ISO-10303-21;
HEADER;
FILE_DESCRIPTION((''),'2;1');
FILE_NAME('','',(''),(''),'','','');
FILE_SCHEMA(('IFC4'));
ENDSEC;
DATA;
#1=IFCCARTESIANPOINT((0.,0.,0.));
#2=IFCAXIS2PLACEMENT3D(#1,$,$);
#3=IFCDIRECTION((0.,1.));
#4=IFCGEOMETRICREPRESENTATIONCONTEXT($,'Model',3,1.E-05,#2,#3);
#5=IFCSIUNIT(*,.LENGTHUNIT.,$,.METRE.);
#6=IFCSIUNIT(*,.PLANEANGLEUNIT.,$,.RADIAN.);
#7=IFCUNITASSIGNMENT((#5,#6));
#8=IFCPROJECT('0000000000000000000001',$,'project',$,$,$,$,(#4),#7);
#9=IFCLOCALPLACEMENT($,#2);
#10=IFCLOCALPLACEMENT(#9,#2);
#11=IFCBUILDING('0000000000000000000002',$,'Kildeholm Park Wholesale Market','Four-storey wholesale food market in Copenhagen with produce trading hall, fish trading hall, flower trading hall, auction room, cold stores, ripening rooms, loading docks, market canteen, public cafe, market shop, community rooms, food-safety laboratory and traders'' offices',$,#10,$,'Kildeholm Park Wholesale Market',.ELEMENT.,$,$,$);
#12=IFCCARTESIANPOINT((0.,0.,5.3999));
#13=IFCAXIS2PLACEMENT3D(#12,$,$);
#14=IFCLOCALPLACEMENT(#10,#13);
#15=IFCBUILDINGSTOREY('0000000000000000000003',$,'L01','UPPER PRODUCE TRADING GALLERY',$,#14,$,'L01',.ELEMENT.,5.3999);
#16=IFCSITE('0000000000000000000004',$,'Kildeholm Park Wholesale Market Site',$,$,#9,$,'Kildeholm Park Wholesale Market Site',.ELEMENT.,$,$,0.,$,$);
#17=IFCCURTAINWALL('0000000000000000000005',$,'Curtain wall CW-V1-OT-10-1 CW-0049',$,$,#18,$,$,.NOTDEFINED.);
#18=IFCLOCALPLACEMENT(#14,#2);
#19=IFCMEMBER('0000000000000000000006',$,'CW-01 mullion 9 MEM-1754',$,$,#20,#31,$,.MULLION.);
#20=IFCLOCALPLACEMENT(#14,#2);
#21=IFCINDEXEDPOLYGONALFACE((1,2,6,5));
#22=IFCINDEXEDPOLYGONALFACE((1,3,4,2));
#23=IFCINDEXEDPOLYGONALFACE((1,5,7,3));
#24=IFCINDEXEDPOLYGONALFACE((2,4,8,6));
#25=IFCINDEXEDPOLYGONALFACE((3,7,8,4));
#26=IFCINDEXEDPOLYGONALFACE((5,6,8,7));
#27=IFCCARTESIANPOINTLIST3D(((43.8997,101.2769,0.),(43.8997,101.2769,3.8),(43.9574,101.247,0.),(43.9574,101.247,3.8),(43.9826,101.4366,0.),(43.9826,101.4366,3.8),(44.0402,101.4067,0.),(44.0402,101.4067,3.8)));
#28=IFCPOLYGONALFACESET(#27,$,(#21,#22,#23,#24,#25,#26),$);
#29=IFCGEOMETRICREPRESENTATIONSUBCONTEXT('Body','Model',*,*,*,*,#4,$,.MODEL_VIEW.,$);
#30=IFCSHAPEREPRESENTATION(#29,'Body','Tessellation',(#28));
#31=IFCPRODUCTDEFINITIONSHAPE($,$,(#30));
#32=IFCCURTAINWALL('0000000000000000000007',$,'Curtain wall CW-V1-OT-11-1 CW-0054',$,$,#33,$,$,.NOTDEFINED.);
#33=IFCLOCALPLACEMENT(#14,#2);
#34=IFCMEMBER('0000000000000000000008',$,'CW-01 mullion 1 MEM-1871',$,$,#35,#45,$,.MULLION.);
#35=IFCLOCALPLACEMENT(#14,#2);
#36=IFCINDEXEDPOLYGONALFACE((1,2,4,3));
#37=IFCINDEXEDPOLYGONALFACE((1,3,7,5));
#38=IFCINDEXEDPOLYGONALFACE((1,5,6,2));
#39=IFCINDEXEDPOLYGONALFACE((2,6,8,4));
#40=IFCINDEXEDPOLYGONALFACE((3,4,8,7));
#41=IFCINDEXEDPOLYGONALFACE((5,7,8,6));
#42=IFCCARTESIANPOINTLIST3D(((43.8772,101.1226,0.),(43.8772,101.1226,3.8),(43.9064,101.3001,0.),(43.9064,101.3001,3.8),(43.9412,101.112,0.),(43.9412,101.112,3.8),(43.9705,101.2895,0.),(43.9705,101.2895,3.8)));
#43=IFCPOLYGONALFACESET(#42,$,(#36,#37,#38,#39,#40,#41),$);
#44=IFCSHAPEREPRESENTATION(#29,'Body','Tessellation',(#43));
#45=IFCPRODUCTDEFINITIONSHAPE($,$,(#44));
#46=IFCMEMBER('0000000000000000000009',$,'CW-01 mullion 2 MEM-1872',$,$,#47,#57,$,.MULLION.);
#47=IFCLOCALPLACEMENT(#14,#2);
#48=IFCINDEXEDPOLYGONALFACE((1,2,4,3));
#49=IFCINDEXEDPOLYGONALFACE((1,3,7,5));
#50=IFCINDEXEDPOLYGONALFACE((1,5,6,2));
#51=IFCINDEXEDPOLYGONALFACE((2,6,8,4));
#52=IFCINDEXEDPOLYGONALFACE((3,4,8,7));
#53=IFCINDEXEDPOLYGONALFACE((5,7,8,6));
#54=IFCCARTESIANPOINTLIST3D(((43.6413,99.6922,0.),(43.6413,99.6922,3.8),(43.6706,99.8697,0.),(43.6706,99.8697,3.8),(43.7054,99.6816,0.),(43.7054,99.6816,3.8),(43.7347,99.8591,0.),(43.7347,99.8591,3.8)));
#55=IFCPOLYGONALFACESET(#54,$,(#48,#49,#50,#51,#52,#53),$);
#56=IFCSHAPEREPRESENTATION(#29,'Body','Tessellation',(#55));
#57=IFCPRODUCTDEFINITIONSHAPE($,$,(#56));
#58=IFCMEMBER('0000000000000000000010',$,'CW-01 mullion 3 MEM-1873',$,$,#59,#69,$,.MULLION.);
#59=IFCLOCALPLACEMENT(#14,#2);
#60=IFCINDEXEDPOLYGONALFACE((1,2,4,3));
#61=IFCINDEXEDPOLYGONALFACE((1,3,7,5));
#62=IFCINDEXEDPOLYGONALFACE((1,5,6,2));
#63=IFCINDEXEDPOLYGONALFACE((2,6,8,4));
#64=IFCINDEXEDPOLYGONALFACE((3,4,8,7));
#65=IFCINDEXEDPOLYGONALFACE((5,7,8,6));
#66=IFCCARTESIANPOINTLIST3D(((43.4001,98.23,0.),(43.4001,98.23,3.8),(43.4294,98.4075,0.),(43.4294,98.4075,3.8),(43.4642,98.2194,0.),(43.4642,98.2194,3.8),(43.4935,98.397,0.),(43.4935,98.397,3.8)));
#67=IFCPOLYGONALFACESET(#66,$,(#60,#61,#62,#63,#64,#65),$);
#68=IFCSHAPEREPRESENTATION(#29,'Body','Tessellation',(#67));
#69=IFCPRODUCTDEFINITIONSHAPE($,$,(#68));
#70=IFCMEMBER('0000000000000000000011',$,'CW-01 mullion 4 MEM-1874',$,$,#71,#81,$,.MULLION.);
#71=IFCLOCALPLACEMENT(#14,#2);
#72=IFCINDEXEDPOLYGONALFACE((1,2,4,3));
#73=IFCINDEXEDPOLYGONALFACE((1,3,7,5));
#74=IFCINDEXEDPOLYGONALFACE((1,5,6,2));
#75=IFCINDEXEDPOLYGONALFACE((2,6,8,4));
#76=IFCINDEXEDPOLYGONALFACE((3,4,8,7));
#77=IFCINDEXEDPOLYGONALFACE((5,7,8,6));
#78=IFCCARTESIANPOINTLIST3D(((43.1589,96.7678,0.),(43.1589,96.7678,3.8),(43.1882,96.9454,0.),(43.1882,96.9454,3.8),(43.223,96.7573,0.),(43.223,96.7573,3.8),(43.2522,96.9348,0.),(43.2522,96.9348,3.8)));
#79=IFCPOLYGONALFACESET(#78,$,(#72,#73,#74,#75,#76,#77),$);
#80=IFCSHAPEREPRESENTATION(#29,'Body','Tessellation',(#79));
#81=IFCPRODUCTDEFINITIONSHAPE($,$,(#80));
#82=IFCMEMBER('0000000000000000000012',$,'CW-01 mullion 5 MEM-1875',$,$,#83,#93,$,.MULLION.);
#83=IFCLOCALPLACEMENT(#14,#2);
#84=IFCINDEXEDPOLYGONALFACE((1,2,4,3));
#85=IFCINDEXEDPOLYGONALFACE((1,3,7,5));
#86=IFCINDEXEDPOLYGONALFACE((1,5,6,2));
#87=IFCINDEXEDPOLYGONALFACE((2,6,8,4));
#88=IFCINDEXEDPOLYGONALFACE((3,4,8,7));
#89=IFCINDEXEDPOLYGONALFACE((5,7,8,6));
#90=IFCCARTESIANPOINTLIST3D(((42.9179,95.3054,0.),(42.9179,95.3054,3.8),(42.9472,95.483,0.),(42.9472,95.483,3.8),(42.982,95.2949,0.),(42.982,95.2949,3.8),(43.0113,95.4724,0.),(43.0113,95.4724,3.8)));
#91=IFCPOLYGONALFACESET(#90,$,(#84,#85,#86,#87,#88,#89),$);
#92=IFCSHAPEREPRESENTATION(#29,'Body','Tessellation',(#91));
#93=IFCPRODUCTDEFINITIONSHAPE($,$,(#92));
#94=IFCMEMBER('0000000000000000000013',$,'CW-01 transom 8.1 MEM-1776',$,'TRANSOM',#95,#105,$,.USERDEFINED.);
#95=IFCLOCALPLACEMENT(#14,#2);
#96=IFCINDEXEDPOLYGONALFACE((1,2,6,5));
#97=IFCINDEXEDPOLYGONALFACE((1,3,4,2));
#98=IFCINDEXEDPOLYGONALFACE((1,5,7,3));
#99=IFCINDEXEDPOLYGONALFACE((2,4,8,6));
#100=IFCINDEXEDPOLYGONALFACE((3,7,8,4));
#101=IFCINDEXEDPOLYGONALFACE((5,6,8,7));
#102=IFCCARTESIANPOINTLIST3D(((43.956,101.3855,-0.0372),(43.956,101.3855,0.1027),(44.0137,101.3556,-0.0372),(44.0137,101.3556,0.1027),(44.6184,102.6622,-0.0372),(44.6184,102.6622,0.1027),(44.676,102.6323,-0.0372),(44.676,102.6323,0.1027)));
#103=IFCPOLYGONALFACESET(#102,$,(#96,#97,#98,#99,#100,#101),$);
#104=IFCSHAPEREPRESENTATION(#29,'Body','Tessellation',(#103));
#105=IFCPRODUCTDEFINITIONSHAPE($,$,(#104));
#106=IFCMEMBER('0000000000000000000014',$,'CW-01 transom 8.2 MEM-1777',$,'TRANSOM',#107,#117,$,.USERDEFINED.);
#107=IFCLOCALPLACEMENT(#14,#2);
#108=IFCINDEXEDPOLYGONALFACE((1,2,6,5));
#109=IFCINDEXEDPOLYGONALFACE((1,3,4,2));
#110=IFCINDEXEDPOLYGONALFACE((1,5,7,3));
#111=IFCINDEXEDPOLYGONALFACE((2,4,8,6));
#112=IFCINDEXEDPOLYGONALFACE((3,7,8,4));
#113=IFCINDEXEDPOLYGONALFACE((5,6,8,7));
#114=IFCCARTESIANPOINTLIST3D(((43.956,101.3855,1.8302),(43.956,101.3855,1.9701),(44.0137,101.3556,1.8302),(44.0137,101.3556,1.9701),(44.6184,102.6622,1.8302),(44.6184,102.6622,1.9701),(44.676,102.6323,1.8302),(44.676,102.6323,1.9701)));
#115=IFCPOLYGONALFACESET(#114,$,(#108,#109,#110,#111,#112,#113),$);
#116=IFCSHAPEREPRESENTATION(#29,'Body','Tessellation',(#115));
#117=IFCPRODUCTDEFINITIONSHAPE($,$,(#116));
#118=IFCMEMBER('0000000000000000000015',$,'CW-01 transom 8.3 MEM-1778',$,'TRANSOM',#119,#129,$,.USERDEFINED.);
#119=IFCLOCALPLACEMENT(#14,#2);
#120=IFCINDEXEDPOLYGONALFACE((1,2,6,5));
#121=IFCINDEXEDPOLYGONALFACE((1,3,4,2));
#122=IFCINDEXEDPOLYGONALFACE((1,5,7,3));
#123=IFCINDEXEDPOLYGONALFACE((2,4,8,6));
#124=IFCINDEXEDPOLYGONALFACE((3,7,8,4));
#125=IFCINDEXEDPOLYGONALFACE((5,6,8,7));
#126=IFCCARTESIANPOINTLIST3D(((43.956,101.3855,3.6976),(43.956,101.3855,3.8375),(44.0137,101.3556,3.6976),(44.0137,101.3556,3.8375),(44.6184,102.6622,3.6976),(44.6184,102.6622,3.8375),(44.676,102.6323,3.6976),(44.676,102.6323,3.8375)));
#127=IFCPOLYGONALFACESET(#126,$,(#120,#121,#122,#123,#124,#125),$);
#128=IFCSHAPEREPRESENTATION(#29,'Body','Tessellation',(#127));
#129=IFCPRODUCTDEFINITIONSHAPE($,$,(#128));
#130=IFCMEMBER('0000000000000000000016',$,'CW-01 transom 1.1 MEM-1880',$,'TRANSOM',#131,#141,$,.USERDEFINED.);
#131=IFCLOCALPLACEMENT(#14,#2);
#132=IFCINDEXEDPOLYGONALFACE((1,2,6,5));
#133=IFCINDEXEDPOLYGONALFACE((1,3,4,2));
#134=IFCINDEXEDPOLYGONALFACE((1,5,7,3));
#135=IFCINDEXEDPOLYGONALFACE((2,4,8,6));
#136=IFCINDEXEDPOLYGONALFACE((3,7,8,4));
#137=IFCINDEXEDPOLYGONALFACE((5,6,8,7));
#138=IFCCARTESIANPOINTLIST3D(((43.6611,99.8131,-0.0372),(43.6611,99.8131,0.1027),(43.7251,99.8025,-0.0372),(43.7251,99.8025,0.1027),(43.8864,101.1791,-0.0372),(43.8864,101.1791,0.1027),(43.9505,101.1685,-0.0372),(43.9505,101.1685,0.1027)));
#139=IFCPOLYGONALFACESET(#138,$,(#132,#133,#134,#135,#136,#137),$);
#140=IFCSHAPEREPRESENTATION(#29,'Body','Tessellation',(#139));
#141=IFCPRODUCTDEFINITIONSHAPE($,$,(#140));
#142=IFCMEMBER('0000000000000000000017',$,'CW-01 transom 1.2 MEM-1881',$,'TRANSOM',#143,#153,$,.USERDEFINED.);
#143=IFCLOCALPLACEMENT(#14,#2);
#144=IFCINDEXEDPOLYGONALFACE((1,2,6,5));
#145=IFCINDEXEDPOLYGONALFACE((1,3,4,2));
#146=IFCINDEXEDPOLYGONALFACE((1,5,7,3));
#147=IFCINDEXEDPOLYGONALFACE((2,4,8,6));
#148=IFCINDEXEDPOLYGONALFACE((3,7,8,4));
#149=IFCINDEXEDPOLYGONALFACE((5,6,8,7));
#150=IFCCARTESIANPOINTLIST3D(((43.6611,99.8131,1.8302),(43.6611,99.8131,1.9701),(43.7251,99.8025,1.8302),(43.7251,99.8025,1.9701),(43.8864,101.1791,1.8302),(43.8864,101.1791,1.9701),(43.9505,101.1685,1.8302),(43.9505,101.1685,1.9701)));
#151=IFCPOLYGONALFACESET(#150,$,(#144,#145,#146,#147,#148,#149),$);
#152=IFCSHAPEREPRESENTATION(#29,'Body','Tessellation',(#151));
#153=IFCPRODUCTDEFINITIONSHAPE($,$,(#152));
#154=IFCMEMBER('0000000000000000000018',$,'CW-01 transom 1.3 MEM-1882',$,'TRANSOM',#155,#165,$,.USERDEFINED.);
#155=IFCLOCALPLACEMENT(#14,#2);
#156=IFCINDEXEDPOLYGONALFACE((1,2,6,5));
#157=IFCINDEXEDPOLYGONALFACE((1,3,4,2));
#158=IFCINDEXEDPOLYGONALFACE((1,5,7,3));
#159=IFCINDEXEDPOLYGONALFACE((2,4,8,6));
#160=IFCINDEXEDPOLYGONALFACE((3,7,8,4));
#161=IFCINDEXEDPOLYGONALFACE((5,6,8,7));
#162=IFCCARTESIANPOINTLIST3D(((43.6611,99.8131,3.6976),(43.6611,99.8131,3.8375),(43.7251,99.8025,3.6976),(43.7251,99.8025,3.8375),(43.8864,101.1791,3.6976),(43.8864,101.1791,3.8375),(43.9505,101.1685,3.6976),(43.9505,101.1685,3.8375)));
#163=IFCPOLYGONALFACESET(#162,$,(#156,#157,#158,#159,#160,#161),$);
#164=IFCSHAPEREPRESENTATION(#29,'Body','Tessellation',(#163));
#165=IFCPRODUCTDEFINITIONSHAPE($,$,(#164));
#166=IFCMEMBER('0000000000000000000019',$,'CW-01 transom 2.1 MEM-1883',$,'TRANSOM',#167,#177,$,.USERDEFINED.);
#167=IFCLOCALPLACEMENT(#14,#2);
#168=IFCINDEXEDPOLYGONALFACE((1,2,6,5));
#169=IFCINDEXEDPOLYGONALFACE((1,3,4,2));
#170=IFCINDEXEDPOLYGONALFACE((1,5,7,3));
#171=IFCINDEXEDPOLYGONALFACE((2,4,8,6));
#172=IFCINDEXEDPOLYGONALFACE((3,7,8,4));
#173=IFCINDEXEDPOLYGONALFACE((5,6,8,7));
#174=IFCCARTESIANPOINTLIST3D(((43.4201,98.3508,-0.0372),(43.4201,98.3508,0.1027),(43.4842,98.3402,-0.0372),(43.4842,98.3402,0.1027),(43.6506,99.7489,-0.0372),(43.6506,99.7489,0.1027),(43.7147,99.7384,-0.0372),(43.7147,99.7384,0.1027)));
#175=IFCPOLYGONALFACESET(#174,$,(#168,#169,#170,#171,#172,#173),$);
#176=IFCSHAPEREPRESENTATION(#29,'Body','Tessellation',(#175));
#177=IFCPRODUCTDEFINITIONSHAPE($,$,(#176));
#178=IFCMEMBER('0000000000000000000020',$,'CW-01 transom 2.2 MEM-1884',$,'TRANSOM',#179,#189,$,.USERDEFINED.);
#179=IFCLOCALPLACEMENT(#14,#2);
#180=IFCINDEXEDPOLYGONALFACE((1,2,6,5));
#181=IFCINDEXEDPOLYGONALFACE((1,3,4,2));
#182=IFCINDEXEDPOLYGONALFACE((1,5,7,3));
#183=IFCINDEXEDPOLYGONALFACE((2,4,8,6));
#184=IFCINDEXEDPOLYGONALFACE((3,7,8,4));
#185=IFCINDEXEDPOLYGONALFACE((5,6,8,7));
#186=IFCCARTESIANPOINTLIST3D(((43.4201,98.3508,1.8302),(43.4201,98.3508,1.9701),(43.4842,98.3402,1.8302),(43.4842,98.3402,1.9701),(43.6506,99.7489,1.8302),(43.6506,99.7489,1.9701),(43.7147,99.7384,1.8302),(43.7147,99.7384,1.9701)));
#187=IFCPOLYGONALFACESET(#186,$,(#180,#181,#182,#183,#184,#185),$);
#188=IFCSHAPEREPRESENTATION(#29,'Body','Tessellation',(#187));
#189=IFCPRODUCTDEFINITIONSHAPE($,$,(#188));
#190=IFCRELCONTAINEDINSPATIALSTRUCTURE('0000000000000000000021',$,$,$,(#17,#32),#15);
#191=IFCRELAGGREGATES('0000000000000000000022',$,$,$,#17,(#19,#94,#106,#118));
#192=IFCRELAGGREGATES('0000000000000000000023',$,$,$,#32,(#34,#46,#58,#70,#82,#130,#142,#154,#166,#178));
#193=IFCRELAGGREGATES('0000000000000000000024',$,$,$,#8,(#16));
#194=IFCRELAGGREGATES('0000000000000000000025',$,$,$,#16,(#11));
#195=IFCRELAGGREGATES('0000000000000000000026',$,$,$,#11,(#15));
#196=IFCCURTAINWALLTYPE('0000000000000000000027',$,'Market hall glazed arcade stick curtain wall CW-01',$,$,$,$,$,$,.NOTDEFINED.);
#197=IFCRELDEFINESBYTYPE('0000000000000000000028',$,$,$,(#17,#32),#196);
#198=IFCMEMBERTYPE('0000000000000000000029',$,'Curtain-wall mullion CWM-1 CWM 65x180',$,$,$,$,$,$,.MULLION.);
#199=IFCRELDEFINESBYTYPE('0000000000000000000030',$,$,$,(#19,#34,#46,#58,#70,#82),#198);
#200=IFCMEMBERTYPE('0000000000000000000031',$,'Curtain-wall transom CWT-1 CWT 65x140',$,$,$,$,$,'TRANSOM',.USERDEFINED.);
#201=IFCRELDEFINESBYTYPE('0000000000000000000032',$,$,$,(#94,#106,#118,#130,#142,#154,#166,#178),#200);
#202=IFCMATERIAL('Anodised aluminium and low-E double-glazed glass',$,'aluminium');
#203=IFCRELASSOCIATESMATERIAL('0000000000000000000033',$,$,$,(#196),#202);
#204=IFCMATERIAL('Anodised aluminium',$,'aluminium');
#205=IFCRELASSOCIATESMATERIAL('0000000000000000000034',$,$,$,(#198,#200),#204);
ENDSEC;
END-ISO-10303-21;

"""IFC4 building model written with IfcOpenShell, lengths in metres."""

from ifc_helpers import new_model, si_unit, direction, frame, origin, origin_2d, place, context, subcontext, project, spatial, rectangle, extrude, material, material_profile, profile_set, type_object, element, aggregate, save


model = new_model("IFC4")

# Units and contexts
model_context = context("Model", 3, precision=1e-05, world=origin(), true_north=direction((0.0, 1.0)))
body_context = subcontext(model_context, "Body", "Model", "MODEL_VIEW")
ifc_project = project(units=[si_unit("LENGTHUNIT", "METRE"), si_unit("PLANEANGLEUNIT", "RADIAN")], contexts=[model_context])

# Site, building, storey
site_placement = place(None, origin())
site = spatial("IfcSite", under=ifc_project, at=site_placement, Name="Kildeholm Park Wholesale Market Site", LongName="Kildeholm Park Wholesale Market Site", CompositionType="ELEMENT", RefElevation=0.0)
building_placement = place(site_placement, origin())
building = spatial("IfcBuilding", under=site, at=building_placement, Name="Kildeholm Park Wholesale Market", Description="Four-storey wholesale food market in Copenhagen with produce trading hall, fish trading hall, flower trading hall, auction room, cold stores, ripening rooms, loading docks, market canteen, public cafe, market shop, community rooms, food-safety laboratory and traders' offices", LongName="Kildeholm Park Wholesale Market", CompositionType="ELEMENT")
storey_placement = place(building_placement, frame((0.0, 0.0, 5.3999)))
storey = spatial("IfcBuildingStorey", under=building, at=storey_placement, Name="L01", Description="UPPER PRODUCE TRADING GALLERY", LongName="L01", CompositionType="ELEMENT", Elevation=5.3999)

# Curtain walls, members
ifc_material_1 = material(Name="Anodised aluminium and low-E double-glazed glass", Category="aluminium")
curtain_wall_type = type_object("IfcCurtainWallType", Name="Market hall glazed arcade stick curtain wall CW-01", PredefinedType="NOTDEFINED", material=ifc_material_1)
curtain_wall_1_placement = place(storey_placement, origin())
curtain_wall_1 = element("IfcCurtainWall", 1, at=curtain_wall_1_placement, inside=storey, type_object=curtain_wall_type, Name="Curtain wall CW-V1-OT-10-1 CW-0049", PredefinedType="NOTDEFINED")
ifc_material_2 = material(Name="Anodised aluminium", Category="aluminium")
ifc_material_profile_1 = material_profile(ifc_material_2, rectangle(XDim=0.0649, YDim=0.1799, at=origin_2d()), Name="CWM 65x180")
ifc_profile_set_1 = profile_set([ifc_material_profile_1], Name="Anodised aluminium")
member_type_1 = type_object("IfcMemberType", Name="Curtain-wall mullion CWM-1 CWM 65x180", PredefinedType="MULLION", material=ifc_profile_set_1)
member_1_placement = place(storey_placement, frame((43.97, 101.3418, 0.0), z_axis=(0.0, 0.0, 1.0), x_axis=(0.887652, -0.460514, 0.0)))
member_1 = element("IfcMember", 2, at=member_1_placement, type_object=member_type_1, Name="CW-01 mullion 9 MEM-1754", PredefinedType="MULLION", context=body_context, shape_type="SweptSolid", body=[
    extrude(rectangle(XDim=0.0649, YDim=0.1799, at=origin_2d()), origin(), (0.0, 0.0, 1.0), 3.8),
])
curtain_wall_2_placement = place(storey_placement, origin())
curtain_wall_2 = element("IfcCurtainWall", 3, at=curtain_wall_2_placement, inside=storey, type_object=curtain_wall_type, Name="Curtain wall CW-V1-OT-11-1 CW-0054", PredefinedType="NOTDEFINED")
member_2_placement = place(storey_placement, frame((43.9238, 101.2061, 0.0), z_axis=(0.0, 0.0, 1.0), x_axis=(0.986675, -0.162703, 0.0)))
member_2 = element("IfcMember", 4, at=member_2_placement, type_object=member_type_1, Name="CW-01 mullion 1 MEM-1871", PredefinedType="MULLION", context=body_context, shape_type="SweptSolid", body=[
    extrude(rectangle(XDim=0.0649, YDim=0.1799, at=origin_2d()), origin(), (0.0, 0.0, 1.0), 3.8),
])
member_3_placement = place(storey_placement, frame((43.688, 99.7756, 0.0), z_axis=(0.0, 0.0, 1.0), x_axis=(0.986675, -0.162703, 0.0)))
member_3 = element("IfcMember", 5, at=member_3_placement, type_object=member_type_1, Name="CW-01 mullion 2 MEM-1872", PredefinedType="MULLION", context=body_context, shape_type="SweptSolid", body=[
    extrude(rectangle(XDim=0.0649, YDim=0.1799, at=origin_2d()), origin(), (0.0, 0.0, 1.0), 3.8),
])
member_4_placement = place(storey_placement, frame((43.4468, 98.3135, 0.0), z_axis=(0.0, 0.0, 1.0), x_axis=(0.986675, -0.162703, 0.0)))
member_4 = element("IfcMember", 6, at=member_4_placement, type_object=member_type_1, Name="CW-01 mullion 3 MEM-1873", PredefinedType="MULLION", context=body_context, shape_type="SweptSolid", body=[
    extrude(rectangle(XDim=0.0649, YDim=0.1799, at=origin_2d()), origin(), (0.0, 0.0, 1.0), 3.8),
])
member_5_placement = place(storey_placement, frame((43.2056, 96.8513, 0.0), z_axis=(0.0, 0.0, 1.0), x_axis=(0.986675, -0.162703, 0.0)))
member_5 = element("IfcMember", 7, at=member_5_placement, type_object=member_type_1, Name="CW-01 mullion 4 MEM-1874", PredefinedType="MULLION", context=body_context, shape_type="SweptSolid", body=[
    extrude(rectangle(XDim=0.0649, YDim=0.1799, at=origin_2d()), origin(), (0.0, 0.0, 1.0), 3.8),
])
member_6_placement = place(storey_placement, frame((42.9646, 95.3889, 0.0), z_axis=(0.0, 0.0, 1.0), x_axis=(0.986675, -0.162703, 0.0)))
member_6 = element("IfcMember", 8, at=member_6_placement, type_object=member_type_1, Name="CW-01 mullion 5 MEM-1875", PredefinedType="MULLION", context=body_context, shape_type="SweptSolid", body=[
    extrude(rectangle(XDim=0.0649, YDim=0.1799, at=origin_2d()), origin(), (0.0, 0.0, 1.0), 3.8),
])

# Members
ifc_material_profile_2 = material_profile(ifc_material_2, rectangle(XDim=0.0649, YDim=0.1399, at=origin_2d()), Name="CWT 65x140")
ifc_profile_set_2 = profile_set([ifc_material_profile_2], Name="Anodised aluminium")
member_type_2 = type_object("IfcMemberType", Name="Curtain-wall transom CWT-1 CWT 65x140", ElementType="TRANSOM", PredefinedType="USERDEFINED", material=ifc_profile_set_2)
member_7_placement = place(storey_placement, frame((44.6472, 102.6472, 0.0327), z_axis=(-0.46054, -0.887639, 0.0), x_axis=(0.887639, -0.46054, 0.0)))
member_7 = element("IfcMember", 9, at=member_7_placement, type_object=member_type_2, Name="CW-01 transom 8.1 MEM-1776", ObjectType="TRANSOM", PredefinedType="USERDEFINED", context=body_context, shape_type="SweptSolid", body=[
    extrude(rectangle(XDim=0.0649, YDim=0.1399, at=origin_2d()), origin(), (0.0, 0.0, 1.0), 1.4382),
])
member_8_placement = place(storey_placement, frame((44.6472, 102.6472, 1.9001), z_axis=(-0.46054, -0.887639, 0.0), x_axis=(0.887639, -0.46054, 0.0)))
member_8 = element("IfcMember", 10, at=member_8_placement, type_object=member_type_2, Name="CW-01 transom 8.2 MEM-1777", ObjectType="TRANSOM", PredefinedType="USERDEFINED", context=body_context, shape_type="SweptSolid", body=[
    extrude(rectangle(XDim=0.0649, YDim=0.1399, at=origin_2d()), origin(), (0.0, 0.0, 1.0), 1.4382),
])
member_9_placement = place(storey_placement, frame((44.6472, 102.6472, 3.7676), z_axis=(-0.46054, -0.887639, 0.0), x_axis=(0.887639, -0.46054, 0.0)))
member_9 = element("IfcMember", 11, at=member_9_placement, type_object=member_type_2, Name="CW-01 transom 8.3 MEM-1778", ObjectType="TRANSOM", PredefinedType="USERDEFINED", context=body_context, shape_type="SweptSolid", body=[
    extrude(rectangle(XDim=0.0649, YDim=0.1399, at=origin_2d()), origin(), (0.0, 0.0, 1.0), 1.4382),
])
member_10_placement = place(storey_placement, frame((43.9185, 101.1738, 0.0327), z_axis=(-0.162769, -0.986664, 0.0), x_axis=(0.986664, -0.162769, 0.0)))
member_10 = element("IfcMember", 12, at=member_10_placement, type_object=member_type_2, Name="CW-01 transom 1.1 MEM-1880", ObjectType="TRANSOM", PredefinedType="USERDEFINED", context=body_context, shape_type="SweptSolid", body=[
    extrude(rectangle(XDim=0.0649, YDim=0.1399, at=origin_2d()), origin(), (0.0, 0.0, 1.0), 1.3845),
])
member_11_placement = place(storey_placement, frame((43.9185, 101.1738, 1.9001), z_axis=(-0.162769, -0.986664, 0.0), x_axis=(0.986664, -0.162769, 0.0)))
member_11 = element("IfcMember", 13, at=member_11_placement, type_object=member_type_2, Name="CW-01 transom 1.2 MEM-1881", ObjectType="TRANSOM", PredefinedType="USERDEFINED", context=body_context, shape_type="SweptSolid", body=[
    extrude(rectangle(XDim=0.0649, YDim=0.1399, at=origin_2d()), origin(), (0.0, 0.0, 1.0), 1.3845),
])
member_12_placement = place(storey_placement, frame((43.9185, 101.1738, 3.7676), z_axis=(-0.162769, -0.986664, 0.0), x_axis=(0.986664, -0.162769, 0.0)))
member_12 = element("IfcMember", 14, at=member_12_placement, type_object=member_type_2, Name="CW-01 transom 1.3 MEM-1882", ObjectType="TRANSOM", PredefinedType="USERDEFINED", context=body_context, shape_type="SweptSolid", body=[
    extrude(rectangle(XDim=0.0649, YDim=0.1399, at=origin_2d()), origin(), (0.0, 0.0, 1.0), 1.3845),
])
member_13_placement = place(storey_placement, frame((43.6826, 99.7437, 0.0327), z_axis=(-0.162639, -0.986686, 0.0), x_axis=(0.986686, -0.162639, 0.0)))
member_13 = element("IfcMember", 15, at=member_13_placement, type_object=member_type_2, Name="CW-01 transom 2.1 MEM-1883", ObjectType="TRANSOM", PredefinedType="USERDEFINED", context=body_context, shape_type="SweptSolid", body=[
    extrude(rectangle(XDim=0.0649, YDim=0.1399, at=origin_2d()), origin(), (0.0, 0.0, 1.0), 1.417),
])
member_14_placement = place(storey_placement, frame((43.6826, 99.7437, 1.9001), z_axis=(-0.162639, -0.986686, 0.0), x_axis=(0.986686, -0.162639, 0.0)))
member_14 = element("IfcMember", 16, at=member_14_placement, type_object=member_type_2, Name="CW-01 transom 2.2 MEM-1884", ObjectType="TRANSOM", PredefinedType="USERDEFINED", context=body_context, shape_type="SweptSolid", body=[
    extrude(rectangle(XDim=0.0649, YDim=0.1399, at=origin_2d()), origin(), (0.0, 0.0, 1.0), 1.417),
])

aggregate(curtain_wall_1, [member_1, member_7, member_8, member_9])
aggregate(curtain_wall_2, [member_2, member_3, member_4, member_5, member_6, member_10, member_11, member_12, member_13, member_14])

save(model, "model.ifc")
